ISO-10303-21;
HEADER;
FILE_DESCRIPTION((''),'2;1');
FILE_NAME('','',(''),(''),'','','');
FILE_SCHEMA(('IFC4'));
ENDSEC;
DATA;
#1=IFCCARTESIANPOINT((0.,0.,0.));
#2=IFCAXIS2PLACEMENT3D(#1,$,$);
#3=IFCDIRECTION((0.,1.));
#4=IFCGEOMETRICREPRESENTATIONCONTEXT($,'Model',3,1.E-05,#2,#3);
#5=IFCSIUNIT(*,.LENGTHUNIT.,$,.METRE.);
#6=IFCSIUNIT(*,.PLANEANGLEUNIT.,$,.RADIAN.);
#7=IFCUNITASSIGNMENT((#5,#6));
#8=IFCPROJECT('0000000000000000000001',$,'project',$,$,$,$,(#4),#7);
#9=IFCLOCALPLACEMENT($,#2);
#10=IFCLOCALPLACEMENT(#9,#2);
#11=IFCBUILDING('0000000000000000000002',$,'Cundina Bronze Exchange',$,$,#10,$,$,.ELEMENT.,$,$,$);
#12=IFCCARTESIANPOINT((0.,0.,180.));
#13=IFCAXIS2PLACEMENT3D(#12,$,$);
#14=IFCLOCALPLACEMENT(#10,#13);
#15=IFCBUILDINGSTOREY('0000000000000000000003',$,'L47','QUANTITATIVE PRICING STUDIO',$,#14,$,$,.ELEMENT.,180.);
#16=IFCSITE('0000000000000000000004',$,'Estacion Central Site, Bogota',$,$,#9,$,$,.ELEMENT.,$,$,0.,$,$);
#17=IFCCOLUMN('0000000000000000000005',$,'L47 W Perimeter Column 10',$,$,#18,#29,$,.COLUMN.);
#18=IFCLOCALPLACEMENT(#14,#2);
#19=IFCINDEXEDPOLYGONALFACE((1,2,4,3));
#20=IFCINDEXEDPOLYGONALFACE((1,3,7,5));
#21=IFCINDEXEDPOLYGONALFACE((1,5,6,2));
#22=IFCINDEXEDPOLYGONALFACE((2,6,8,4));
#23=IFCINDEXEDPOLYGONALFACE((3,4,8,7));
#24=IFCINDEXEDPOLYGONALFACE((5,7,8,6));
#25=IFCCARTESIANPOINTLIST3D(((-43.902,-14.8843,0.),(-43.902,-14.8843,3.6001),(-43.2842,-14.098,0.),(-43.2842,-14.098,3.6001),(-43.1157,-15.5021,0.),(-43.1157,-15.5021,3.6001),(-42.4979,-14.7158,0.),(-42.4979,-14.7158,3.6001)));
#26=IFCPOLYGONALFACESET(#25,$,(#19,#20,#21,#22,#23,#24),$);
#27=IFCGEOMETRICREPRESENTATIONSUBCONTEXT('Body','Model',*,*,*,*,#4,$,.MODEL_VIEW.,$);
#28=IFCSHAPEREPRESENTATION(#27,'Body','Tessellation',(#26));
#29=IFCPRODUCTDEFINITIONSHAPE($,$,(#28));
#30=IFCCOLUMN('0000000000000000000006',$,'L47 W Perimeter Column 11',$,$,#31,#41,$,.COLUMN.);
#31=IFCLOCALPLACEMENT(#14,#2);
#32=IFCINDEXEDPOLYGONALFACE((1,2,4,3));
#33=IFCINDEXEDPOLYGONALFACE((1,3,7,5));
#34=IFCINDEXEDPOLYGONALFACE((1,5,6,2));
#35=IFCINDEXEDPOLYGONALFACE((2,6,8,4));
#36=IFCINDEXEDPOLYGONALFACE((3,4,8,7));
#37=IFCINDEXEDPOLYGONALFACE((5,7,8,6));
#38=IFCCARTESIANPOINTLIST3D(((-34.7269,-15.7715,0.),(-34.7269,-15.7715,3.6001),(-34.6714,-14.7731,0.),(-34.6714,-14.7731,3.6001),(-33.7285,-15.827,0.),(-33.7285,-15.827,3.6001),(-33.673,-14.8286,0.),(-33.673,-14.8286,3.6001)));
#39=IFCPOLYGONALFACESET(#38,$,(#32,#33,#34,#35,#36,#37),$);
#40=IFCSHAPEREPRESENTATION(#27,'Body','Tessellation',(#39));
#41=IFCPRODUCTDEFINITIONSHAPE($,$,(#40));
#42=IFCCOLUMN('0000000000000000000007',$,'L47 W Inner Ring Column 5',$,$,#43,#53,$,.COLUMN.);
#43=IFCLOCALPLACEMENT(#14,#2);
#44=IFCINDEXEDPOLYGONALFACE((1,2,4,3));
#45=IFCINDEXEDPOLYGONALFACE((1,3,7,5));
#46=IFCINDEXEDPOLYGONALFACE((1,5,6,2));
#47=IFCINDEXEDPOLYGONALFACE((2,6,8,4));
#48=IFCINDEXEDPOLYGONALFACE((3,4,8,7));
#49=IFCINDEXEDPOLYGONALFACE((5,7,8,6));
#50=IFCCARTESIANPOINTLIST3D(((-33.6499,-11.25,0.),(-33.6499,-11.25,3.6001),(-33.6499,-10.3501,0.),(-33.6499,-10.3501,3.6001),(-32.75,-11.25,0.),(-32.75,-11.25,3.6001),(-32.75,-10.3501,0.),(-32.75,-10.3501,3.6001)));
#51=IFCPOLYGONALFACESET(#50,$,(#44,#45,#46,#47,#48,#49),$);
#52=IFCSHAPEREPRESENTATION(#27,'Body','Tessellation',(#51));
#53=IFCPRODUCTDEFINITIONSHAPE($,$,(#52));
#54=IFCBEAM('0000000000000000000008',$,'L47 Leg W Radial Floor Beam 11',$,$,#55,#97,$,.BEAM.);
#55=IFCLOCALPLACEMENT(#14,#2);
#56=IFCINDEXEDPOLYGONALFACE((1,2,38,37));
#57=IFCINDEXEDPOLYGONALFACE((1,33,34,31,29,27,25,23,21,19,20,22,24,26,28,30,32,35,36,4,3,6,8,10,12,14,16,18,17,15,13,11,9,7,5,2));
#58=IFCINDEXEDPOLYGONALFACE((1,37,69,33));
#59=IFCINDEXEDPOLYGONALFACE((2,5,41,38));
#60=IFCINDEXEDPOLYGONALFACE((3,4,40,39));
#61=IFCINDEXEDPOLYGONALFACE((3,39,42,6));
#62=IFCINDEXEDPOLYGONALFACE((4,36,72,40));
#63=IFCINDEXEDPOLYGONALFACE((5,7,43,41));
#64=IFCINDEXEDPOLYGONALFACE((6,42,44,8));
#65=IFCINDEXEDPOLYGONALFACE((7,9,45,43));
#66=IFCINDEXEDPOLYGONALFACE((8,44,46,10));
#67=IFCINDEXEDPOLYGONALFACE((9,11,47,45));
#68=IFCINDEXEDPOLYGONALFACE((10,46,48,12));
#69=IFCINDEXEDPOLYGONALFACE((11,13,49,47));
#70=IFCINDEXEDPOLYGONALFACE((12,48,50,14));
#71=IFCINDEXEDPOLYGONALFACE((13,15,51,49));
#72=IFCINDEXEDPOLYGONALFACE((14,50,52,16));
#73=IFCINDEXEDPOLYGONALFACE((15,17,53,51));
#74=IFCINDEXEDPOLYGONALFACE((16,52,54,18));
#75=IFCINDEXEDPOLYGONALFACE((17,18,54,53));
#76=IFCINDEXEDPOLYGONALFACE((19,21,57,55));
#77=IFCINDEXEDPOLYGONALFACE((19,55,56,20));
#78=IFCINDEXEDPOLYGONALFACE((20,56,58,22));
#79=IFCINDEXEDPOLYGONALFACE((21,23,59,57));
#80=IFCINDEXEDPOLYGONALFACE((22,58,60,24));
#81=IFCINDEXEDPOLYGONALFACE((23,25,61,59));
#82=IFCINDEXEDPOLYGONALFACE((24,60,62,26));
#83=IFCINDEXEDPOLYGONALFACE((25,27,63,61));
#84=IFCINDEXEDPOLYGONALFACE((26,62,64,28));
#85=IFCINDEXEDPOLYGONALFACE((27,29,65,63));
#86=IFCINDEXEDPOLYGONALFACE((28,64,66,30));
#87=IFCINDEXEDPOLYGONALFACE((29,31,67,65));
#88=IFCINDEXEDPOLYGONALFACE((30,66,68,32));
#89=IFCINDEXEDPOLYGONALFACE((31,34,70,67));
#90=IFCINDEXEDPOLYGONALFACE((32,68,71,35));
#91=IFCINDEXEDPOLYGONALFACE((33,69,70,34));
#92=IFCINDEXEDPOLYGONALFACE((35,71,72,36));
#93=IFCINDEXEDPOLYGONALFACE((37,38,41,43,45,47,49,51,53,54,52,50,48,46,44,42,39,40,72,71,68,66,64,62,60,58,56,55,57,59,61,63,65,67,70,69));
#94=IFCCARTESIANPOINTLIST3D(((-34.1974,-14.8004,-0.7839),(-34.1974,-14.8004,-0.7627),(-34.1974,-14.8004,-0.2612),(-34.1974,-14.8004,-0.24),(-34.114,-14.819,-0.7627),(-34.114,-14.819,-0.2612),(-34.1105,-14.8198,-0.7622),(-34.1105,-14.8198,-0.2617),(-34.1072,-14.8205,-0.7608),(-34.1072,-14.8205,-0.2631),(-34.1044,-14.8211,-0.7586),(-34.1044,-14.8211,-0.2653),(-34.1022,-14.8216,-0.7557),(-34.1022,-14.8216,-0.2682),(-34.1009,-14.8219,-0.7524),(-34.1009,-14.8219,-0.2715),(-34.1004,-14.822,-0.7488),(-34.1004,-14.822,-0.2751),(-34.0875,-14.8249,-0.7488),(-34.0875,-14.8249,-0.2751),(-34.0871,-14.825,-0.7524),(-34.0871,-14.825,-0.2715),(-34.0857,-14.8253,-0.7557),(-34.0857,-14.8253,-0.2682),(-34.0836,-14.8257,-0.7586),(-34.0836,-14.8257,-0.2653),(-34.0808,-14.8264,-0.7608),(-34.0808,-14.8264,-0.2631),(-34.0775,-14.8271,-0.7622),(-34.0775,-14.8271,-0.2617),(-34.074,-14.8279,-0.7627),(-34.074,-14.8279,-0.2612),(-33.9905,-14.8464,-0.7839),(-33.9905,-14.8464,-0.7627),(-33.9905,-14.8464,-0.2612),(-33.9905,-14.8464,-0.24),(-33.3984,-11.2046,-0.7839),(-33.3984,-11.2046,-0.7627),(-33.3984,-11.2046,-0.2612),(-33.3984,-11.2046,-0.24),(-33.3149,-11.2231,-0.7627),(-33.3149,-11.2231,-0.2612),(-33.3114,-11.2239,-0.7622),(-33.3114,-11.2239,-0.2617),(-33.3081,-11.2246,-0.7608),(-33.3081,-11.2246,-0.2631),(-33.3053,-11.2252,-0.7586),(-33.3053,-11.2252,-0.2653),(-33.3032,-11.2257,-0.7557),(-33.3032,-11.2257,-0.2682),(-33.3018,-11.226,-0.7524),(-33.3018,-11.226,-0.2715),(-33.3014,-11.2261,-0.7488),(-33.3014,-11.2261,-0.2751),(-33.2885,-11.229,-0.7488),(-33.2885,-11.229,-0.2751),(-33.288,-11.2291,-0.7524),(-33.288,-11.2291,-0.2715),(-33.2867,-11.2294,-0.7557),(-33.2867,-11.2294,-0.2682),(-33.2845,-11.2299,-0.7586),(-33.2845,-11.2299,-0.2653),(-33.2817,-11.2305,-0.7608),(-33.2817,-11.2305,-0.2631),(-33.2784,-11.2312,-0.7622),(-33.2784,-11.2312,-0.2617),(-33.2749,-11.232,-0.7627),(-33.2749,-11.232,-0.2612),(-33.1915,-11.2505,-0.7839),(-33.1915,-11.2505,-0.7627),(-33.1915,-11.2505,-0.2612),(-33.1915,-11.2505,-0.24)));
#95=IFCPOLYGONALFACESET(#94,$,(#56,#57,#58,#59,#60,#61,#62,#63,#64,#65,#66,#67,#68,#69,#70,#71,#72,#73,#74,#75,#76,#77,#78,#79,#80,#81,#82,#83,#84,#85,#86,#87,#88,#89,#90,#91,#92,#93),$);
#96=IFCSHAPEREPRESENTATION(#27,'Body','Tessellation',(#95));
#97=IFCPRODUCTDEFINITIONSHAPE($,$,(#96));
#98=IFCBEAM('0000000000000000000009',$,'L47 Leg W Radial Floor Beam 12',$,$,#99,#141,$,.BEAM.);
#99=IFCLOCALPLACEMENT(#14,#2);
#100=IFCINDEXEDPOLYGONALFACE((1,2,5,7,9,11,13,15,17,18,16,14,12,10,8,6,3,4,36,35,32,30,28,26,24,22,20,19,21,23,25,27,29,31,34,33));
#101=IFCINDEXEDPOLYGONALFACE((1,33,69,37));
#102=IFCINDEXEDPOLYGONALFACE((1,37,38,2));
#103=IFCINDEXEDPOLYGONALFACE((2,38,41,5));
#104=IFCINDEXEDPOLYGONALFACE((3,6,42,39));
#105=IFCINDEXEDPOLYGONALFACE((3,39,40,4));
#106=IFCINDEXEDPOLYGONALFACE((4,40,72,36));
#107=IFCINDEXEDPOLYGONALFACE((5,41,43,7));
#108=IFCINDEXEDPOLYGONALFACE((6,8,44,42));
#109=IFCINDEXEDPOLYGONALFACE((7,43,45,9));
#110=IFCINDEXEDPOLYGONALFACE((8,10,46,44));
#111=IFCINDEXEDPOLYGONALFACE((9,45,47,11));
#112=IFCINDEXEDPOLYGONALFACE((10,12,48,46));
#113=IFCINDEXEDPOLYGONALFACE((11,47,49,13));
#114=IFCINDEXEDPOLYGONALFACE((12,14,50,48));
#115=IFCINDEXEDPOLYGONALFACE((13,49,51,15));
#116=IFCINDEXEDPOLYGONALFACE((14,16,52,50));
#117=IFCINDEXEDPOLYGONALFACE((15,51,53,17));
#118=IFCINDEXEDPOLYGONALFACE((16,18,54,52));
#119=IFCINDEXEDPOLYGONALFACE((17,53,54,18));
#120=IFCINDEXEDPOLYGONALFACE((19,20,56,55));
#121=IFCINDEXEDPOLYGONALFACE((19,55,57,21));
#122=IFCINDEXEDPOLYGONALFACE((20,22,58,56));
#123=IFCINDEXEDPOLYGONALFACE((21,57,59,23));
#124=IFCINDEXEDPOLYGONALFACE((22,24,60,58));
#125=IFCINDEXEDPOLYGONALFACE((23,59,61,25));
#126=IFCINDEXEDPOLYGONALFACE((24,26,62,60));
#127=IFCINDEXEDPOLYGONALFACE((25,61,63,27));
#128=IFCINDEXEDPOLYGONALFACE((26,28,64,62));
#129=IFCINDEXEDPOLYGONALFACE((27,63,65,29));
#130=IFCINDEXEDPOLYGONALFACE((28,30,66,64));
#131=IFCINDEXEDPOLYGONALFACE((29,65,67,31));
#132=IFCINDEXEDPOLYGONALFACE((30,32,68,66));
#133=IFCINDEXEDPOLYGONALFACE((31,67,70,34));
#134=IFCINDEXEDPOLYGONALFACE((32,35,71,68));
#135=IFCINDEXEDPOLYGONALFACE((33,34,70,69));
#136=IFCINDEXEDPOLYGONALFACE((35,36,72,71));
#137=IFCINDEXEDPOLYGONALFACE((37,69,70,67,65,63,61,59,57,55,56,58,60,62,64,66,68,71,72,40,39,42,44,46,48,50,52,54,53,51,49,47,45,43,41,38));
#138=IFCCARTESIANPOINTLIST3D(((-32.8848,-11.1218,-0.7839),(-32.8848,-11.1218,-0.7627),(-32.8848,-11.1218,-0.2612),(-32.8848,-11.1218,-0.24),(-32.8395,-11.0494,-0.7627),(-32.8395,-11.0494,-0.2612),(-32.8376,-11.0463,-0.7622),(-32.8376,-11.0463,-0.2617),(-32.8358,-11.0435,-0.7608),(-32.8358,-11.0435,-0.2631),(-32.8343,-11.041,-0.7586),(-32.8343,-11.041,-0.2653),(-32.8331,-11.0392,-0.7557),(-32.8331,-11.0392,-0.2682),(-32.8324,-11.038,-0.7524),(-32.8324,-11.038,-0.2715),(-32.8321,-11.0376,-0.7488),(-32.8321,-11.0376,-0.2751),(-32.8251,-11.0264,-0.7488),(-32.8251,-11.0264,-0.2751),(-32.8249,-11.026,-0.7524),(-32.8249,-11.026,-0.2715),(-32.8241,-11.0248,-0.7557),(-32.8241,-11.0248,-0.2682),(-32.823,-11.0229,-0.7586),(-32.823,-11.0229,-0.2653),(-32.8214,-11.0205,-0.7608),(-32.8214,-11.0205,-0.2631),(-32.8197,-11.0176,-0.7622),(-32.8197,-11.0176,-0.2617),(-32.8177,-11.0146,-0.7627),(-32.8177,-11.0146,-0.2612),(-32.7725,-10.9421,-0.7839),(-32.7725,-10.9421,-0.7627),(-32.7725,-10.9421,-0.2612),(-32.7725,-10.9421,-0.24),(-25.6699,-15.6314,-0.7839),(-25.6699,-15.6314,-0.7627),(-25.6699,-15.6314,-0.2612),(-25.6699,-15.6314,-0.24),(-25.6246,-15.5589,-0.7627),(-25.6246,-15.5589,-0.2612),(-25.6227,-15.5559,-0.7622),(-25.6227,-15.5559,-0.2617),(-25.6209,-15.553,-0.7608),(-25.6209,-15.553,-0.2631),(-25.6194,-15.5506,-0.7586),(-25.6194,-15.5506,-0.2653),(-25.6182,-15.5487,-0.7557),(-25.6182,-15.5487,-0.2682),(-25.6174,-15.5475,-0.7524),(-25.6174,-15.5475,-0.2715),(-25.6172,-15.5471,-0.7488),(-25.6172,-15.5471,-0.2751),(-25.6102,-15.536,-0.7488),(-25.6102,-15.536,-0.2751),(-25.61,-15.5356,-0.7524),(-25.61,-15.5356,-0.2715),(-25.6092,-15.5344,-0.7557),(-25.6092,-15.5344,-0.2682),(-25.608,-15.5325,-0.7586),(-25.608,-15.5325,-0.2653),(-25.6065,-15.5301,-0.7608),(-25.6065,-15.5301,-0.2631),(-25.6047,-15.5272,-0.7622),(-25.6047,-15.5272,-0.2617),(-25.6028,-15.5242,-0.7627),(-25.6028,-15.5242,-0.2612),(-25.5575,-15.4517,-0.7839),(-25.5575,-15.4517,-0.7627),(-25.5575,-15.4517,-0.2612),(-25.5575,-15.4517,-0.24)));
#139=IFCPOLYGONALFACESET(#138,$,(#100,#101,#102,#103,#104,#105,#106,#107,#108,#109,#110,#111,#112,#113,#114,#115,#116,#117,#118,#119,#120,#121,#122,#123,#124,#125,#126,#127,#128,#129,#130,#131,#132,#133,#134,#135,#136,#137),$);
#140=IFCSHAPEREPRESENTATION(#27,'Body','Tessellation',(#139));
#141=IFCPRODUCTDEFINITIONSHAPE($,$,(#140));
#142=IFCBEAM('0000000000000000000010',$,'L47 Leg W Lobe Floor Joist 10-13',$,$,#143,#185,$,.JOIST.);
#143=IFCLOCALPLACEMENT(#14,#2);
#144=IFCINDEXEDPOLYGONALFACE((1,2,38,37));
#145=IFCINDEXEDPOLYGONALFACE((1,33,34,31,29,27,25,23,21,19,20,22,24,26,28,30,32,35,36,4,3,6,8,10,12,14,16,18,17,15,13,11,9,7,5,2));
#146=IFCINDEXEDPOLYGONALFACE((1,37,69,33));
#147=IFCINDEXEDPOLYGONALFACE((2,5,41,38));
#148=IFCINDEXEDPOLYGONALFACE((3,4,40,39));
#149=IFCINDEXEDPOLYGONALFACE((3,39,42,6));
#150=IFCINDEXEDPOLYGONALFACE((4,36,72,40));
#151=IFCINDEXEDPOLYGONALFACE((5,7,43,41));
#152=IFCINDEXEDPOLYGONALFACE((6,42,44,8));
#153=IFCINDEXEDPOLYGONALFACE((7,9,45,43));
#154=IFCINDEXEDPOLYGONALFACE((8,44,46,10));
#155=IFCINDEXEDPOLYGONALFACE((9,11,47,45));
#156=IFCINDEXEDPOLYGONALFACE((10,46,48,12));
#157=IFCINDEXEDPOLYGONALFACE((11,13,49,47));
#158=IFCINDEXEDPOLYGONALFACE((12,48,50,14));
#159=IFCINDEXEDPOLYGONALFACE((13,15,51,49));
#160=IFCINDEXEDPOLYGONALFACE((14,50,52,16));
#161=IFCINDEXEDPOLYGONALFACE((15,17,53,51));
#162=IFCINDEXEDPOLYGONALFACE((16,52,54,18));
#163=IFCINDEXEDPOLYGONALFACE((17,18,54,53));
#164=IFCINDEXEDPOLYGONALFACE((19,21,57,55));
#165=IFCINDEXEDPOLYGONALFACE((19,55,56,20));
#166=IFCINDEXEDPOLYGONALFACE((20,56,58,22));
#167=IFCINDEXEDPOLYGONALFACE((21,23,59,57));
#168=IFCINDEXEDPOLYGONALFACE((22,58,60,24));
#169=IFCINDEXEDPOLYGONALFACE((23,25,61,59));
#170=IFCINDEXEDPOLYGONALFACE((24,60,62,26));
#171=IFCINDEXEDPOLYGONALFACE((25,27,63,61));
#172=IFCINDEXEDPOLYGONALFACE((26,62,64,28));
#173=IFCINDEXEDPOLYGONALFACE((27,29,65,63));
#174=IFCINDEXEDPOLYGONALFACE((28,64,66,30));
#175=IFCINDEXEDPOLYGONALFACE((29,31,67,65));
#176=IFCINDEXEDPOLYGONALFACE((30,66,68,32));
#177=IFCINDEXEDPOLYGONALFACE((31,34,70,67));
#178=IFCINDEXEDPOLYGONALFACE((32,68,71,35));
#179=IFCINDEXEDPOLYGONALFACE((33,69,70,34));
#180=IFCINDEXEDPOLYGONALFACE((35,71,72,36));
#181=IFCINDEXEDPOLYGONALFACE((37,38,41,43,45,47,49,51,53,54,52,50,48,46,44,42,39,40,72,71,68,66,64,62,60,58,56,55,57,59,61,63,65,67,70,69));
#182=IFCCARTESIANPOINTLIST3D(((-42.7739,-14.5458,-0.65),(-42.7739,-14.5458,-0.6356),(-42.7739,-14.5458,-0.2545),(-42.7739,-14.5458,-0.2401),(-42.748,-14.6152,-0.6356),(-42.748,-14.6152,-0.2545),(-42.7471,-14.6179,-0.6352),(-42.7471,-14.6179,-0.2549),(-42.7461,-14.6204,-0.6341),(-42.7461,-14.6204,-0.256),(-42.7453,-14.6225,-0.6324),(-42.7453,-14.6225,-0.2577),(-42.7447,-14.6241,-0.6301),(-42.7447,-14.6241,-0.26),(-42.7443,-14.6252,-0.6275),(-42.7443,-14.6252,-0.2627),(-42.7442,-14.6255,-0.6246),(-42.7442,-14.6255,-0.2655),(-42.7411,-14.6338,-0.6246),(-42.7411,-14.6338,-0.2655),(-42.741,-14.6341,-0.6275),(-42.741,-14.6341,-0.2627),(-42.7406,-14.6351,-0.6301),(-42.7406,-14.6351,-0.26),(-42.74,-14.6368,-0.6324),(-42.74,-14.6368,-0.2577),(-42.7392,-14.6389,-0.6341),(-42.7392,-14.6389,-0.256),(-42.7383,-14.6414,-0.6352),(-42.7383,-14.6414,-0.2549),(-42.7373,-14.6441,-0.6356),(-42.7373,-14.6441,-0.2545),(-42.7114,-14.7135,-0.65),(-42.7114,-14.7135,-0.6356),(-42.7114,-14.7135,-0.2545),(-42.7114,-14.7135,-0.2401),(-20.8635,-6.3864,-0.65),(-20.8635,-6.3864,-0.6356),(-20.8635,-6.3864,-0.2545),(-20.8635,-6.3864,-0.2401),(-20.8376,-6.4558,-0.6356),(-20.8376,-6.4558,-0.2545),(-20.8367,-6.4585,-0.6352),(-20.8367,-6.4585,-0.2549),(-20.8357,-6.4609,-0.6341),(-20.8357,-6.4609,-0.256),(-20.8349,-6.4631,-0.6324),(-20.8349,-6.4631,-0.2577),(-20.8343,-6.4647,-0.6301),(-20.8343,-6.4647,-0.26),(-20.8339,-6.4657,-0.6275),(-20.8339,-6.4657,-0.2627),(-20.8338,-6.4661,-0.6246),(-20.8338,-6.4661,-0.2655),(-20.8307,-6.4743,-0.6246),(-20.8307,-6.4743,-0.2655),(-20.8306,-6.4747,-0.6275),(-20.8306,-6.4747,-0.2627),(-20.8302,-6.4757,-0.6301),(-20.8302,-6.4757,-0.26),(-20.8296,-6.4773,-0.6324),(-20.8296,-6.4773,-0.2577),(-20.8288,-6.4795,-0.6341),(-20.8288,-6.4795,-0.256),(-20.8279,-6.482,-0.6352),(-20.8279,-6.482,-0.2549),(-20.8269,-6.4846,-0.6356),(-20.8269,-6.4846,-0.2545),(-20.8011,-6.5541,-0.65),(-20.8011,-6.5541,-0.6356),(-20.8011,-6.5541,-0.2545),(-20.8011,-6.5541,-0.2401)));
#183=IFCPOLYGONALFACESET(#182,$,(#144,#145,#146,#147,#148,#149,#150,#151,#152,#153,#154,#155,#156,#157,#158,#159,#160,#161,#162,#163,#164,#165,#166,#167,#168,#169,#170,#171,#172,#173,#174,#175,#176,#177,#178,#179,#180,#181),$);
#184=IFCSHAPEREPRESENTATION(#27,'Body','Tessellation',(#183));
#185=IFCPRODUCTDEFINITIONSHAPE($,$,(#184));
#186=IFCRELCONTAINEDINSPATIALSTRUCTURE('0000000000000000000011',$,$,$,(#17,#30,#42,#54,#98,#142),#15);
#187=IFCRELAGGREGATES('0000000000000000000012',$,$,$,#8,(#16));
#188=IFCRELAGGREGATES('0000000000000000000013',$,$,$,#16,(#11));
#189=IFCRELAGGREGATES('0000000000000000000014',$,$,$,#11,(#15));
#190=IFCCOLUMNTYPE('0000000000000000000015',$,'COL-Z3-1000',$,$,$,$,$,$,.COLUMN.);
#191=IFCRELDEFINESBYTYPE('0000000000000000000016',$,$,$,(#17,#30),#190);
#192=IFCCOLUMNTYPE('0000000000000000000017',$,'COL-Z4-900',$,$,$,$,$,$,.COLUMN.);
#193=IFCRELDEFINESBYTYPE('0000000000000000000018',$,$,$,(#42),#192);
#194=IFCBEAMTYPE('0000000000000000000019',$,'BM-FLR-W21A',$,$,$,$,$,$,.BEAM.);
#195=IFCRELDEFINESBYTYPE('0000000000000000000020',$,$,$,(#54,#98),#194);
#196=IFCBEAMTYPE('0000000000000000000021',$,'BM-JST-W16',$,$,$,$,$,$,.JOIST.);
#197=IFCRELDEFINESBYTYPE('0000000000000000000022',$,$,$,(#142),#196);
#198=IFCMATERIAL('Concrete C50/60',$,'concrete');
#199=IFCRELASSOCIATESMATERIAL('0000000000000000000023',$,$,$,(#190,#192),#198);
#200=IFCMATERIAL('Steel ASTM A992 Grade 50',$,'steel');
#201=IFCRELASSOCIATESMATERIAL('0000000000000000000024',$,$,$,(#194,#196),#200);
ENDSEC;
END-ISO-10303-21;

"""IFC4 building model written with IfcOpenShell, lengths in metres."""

from ifc_helpers import new_model, si_unit, direction, frame, origin, origin_2d, place, context, subcontext, project, spatial, rectangle, i_section, extrude, material, material_profile, profile_set, type_object, element, save


model = new_model("IFC4")

# Units and contexts
model_context = context("Model", 3, precision=1e-05, world=origin(), true_north=direction((0.0, 1.0)))
body_context = subcontext(model_context, "Body", "Model", "MODEL_VIEW")
ifc_project = project(units=[si_unit("LENGTHUNIT", "METRE"), si_unit("PLANEANGLEUNIT", "RADIAN")], contexts=[model_context])

# Site, building, storey
site_placement = place(None, origin())
site = spatial("IfcSite", under=ifc_project, at=site_placement, Name="Estacion Central Site, Bogota", CompositionType="ELEMENT", RefElevation=0.0)
building_placement = place(site_placement, origin())
building = spatial("IfcBuilding", under=site, at=building_placement, Name="Cundina Bronze Exchange", CompositionType="ELEMENT")
storey_placement = place(building_placement, frame((0.0, 0.0, 180.0)))
storey = spatial("IfcBuildingStorey", under=building, at=storey_placement, Name="L47", Description="QUANTITATIVE PRICING STUDIO", CompositionType="ELEMENT", Elevation=180.0)

# Columns
ifc_material_1 = material(Name="Concrete C50/60", Category="concrete")
ifc_material_profile_1 = material_profile(ifc_material_1, rectangle(XDim=1.0, YDim=1.0, at=origin_2d()), Name="RC1000X1000", Category="concrete")
ifc_profile_set_1 = profile_set([ifc_material_profile_1], Name="Concrete C50/60")
column_type_1 = type_object("IfcColumnType", Name="COL-Z3-1000", PredefinedType="COLUMN", material=ifc_profile_set_1)
for number, where, z_axis, x_axis, name in (
    (1, (-43.2, -14.8, 0.0), (0.0, 0.0, 1.0), (0.786288, -0.61786, 0.0), "L47 W Perimeter Column 10"),
    (2, (-34.2, -15.3, 0.0), (0.0, 0.0, 1.0), (0.99846, -0.055473, 0.0), "L47 W Perimeter Column 11"),
):
    element("IfcColumn", number, at=place(storey_placement, frame(where, z_axis=z_axis, x_axis=x_axis)), inside=storey, type_object=column_type_1, Name=name, PredefinedType="COLUMN", context=body_context, shape_type="SweptSolid", body=[
        extrude(rectangle(XDim=1.0, YDim=1.0, at=origin_2d()), origin(), (0.0, 0.0, 1.0), 3.6001),
    ])
ifc_material_profile_2 = material_profile(ifc_material_1, rectangle(XDim=0.8999, YDim=0.8999, at=origin_2d()), Name="RC900X900", Category="concrete")
ifc_profile_set_2 = profile_set([ifc_material_profile_2], Name="Concrete C50/60")
column_type_2 = type_object("IfcColumnType", Name="COL-Z4-900", PredefinedType="COLUMN", material=ifc_profile_set_2)
column_placement = place(storey_placement, frame((-33.2, -10.8, 0.0), z_axis=(0.0, 0.0, 1.0), x_axis=(1.0, 0.0, 0.0)))
element("IfcColumn", 3, at=column_placement, inside=storey, type_object=column_type_2, Name="L47 W Inner Ring Column 5", PredefinedType="COLUMN", context=body_context, shape_type="SweptSolid", body=[
    extrude(rectangle(XDim=0.8999, YDim=0.8999, at=origin_2d()), origin(), (0.0, 0.0, 1.0), 3.6001),
])

# Beams
ifc_material_2 = material(Name="Steel ASTM A992 Grade 50", Category="steel")
ifc_material_profile_3 = material_profile(ifc_material_2, i_section(OverallWidth=0.2119, OverallDepth=0.5439, WebThickness=0.0132, FlangeThickness=0.0212, FilletRadius=0.0139, at=origin_2d()), Name="W21X83", Category="steel")
ifc_profile_set_3 = profile_set([ifc_material_profile_3], Name="Steel ASTM A992 Grade 50")
beam_type_1 = type_object("IfcBeamType", Name="BM-FLR-W21A", PredefinedType="BEAM", material=ifc_profile_set_3)
beam_1_placement = place(storey_placement, frame((-33.2949, -11.2275, -0.512), z_axis=(-0.216923, -0.976189, 0.0), x_axis=(0.976189, -0.216923, 0.0)))
element("IfcBeam", 4, at=beam_1_placement, inside=storey, type_object=beam_type_1, Name="L47 Leg W Radial Floor Beam 11", PredefinedType="BEAM", context=body_context, shape_type="SweptSolid", body=[
    extrude(i_section(OverallWidth=0.2119, OverallDepth=0.5439, WebThickness=0.0132, FlangeThickness=0.0212, FilletRadius=0.0139, at=origin_2d()), origin(), (0.0, 0.0, 1.0), 3.6836),
])
beam_2_placement = place(storey_placement, frame((-32.8286, -11.032, -0.512), z_axis=(0.847985, -0.53002, 0.0), x_axis=(0.53002, 0.847985, 0.0)))
element("IfcBeam", 5, at=beam_2_placement, inside=storey, type_object=beam_type_1, Name="L47 Leg W Radial Floor Beam 12", PredefinedType="BEAM", context=body_context, shape_type="SweptSolid", body=[
    extrude(i_section(OverallWidth=0.2119, OverallDepth=0.5439, WebThickness=0.0132, FlangeThickness=0.0212, FilletRadius=0.0139, at=origin_2d()), origin(), (0.0, 0.0, 1.0), 8.5083),
])
ifc_material_profile_4 = material_profile(ifc_material_2, i_section(OverallWidth=0.179, OverallDepth=0.4099, WebThickness=0.0088, FlangeThickness=0.0144, FilletRadius=0.011, at=origin_2d()), Name="W16X45", Category="steel")
ifc_profile_set_4 = profile_set([ifc_material_profile_4], Name="Steel ASTM A992 Grade 50")
beam_type_2 = type_object("IfcBeamType", Name="BM-JST-W16", PredefinedType="JOIST", material=ifc_profile_set_4)
beam_3_placement = place(storey_placement, frame((-42.7427, -14.6296, -0.4451), z_axis=(0.937128, 0.348986, 0.0), x_axis=(-0.348986, 0.937128, 0.0)))
element("IfcBeam", 6, at=beam_3_placement, inside=storey, type_object=beam_type_2, Name="L47 Leg W Lobe Floor Joist 10-13", PredefinedType="JOIST", context=body_context, shape_type="SweptSolid", body=[
    extrude(i_section(OverallWidth=0.179, OverallDepth=0.4099, WebThickness=0.0088, FlangeThickness=0.0144, FilletRadius=0.011, at=origin_2d()), origin(), (0.0, 0.0, 1.0), 23.3804),
])

save(model, "model.ifc")
